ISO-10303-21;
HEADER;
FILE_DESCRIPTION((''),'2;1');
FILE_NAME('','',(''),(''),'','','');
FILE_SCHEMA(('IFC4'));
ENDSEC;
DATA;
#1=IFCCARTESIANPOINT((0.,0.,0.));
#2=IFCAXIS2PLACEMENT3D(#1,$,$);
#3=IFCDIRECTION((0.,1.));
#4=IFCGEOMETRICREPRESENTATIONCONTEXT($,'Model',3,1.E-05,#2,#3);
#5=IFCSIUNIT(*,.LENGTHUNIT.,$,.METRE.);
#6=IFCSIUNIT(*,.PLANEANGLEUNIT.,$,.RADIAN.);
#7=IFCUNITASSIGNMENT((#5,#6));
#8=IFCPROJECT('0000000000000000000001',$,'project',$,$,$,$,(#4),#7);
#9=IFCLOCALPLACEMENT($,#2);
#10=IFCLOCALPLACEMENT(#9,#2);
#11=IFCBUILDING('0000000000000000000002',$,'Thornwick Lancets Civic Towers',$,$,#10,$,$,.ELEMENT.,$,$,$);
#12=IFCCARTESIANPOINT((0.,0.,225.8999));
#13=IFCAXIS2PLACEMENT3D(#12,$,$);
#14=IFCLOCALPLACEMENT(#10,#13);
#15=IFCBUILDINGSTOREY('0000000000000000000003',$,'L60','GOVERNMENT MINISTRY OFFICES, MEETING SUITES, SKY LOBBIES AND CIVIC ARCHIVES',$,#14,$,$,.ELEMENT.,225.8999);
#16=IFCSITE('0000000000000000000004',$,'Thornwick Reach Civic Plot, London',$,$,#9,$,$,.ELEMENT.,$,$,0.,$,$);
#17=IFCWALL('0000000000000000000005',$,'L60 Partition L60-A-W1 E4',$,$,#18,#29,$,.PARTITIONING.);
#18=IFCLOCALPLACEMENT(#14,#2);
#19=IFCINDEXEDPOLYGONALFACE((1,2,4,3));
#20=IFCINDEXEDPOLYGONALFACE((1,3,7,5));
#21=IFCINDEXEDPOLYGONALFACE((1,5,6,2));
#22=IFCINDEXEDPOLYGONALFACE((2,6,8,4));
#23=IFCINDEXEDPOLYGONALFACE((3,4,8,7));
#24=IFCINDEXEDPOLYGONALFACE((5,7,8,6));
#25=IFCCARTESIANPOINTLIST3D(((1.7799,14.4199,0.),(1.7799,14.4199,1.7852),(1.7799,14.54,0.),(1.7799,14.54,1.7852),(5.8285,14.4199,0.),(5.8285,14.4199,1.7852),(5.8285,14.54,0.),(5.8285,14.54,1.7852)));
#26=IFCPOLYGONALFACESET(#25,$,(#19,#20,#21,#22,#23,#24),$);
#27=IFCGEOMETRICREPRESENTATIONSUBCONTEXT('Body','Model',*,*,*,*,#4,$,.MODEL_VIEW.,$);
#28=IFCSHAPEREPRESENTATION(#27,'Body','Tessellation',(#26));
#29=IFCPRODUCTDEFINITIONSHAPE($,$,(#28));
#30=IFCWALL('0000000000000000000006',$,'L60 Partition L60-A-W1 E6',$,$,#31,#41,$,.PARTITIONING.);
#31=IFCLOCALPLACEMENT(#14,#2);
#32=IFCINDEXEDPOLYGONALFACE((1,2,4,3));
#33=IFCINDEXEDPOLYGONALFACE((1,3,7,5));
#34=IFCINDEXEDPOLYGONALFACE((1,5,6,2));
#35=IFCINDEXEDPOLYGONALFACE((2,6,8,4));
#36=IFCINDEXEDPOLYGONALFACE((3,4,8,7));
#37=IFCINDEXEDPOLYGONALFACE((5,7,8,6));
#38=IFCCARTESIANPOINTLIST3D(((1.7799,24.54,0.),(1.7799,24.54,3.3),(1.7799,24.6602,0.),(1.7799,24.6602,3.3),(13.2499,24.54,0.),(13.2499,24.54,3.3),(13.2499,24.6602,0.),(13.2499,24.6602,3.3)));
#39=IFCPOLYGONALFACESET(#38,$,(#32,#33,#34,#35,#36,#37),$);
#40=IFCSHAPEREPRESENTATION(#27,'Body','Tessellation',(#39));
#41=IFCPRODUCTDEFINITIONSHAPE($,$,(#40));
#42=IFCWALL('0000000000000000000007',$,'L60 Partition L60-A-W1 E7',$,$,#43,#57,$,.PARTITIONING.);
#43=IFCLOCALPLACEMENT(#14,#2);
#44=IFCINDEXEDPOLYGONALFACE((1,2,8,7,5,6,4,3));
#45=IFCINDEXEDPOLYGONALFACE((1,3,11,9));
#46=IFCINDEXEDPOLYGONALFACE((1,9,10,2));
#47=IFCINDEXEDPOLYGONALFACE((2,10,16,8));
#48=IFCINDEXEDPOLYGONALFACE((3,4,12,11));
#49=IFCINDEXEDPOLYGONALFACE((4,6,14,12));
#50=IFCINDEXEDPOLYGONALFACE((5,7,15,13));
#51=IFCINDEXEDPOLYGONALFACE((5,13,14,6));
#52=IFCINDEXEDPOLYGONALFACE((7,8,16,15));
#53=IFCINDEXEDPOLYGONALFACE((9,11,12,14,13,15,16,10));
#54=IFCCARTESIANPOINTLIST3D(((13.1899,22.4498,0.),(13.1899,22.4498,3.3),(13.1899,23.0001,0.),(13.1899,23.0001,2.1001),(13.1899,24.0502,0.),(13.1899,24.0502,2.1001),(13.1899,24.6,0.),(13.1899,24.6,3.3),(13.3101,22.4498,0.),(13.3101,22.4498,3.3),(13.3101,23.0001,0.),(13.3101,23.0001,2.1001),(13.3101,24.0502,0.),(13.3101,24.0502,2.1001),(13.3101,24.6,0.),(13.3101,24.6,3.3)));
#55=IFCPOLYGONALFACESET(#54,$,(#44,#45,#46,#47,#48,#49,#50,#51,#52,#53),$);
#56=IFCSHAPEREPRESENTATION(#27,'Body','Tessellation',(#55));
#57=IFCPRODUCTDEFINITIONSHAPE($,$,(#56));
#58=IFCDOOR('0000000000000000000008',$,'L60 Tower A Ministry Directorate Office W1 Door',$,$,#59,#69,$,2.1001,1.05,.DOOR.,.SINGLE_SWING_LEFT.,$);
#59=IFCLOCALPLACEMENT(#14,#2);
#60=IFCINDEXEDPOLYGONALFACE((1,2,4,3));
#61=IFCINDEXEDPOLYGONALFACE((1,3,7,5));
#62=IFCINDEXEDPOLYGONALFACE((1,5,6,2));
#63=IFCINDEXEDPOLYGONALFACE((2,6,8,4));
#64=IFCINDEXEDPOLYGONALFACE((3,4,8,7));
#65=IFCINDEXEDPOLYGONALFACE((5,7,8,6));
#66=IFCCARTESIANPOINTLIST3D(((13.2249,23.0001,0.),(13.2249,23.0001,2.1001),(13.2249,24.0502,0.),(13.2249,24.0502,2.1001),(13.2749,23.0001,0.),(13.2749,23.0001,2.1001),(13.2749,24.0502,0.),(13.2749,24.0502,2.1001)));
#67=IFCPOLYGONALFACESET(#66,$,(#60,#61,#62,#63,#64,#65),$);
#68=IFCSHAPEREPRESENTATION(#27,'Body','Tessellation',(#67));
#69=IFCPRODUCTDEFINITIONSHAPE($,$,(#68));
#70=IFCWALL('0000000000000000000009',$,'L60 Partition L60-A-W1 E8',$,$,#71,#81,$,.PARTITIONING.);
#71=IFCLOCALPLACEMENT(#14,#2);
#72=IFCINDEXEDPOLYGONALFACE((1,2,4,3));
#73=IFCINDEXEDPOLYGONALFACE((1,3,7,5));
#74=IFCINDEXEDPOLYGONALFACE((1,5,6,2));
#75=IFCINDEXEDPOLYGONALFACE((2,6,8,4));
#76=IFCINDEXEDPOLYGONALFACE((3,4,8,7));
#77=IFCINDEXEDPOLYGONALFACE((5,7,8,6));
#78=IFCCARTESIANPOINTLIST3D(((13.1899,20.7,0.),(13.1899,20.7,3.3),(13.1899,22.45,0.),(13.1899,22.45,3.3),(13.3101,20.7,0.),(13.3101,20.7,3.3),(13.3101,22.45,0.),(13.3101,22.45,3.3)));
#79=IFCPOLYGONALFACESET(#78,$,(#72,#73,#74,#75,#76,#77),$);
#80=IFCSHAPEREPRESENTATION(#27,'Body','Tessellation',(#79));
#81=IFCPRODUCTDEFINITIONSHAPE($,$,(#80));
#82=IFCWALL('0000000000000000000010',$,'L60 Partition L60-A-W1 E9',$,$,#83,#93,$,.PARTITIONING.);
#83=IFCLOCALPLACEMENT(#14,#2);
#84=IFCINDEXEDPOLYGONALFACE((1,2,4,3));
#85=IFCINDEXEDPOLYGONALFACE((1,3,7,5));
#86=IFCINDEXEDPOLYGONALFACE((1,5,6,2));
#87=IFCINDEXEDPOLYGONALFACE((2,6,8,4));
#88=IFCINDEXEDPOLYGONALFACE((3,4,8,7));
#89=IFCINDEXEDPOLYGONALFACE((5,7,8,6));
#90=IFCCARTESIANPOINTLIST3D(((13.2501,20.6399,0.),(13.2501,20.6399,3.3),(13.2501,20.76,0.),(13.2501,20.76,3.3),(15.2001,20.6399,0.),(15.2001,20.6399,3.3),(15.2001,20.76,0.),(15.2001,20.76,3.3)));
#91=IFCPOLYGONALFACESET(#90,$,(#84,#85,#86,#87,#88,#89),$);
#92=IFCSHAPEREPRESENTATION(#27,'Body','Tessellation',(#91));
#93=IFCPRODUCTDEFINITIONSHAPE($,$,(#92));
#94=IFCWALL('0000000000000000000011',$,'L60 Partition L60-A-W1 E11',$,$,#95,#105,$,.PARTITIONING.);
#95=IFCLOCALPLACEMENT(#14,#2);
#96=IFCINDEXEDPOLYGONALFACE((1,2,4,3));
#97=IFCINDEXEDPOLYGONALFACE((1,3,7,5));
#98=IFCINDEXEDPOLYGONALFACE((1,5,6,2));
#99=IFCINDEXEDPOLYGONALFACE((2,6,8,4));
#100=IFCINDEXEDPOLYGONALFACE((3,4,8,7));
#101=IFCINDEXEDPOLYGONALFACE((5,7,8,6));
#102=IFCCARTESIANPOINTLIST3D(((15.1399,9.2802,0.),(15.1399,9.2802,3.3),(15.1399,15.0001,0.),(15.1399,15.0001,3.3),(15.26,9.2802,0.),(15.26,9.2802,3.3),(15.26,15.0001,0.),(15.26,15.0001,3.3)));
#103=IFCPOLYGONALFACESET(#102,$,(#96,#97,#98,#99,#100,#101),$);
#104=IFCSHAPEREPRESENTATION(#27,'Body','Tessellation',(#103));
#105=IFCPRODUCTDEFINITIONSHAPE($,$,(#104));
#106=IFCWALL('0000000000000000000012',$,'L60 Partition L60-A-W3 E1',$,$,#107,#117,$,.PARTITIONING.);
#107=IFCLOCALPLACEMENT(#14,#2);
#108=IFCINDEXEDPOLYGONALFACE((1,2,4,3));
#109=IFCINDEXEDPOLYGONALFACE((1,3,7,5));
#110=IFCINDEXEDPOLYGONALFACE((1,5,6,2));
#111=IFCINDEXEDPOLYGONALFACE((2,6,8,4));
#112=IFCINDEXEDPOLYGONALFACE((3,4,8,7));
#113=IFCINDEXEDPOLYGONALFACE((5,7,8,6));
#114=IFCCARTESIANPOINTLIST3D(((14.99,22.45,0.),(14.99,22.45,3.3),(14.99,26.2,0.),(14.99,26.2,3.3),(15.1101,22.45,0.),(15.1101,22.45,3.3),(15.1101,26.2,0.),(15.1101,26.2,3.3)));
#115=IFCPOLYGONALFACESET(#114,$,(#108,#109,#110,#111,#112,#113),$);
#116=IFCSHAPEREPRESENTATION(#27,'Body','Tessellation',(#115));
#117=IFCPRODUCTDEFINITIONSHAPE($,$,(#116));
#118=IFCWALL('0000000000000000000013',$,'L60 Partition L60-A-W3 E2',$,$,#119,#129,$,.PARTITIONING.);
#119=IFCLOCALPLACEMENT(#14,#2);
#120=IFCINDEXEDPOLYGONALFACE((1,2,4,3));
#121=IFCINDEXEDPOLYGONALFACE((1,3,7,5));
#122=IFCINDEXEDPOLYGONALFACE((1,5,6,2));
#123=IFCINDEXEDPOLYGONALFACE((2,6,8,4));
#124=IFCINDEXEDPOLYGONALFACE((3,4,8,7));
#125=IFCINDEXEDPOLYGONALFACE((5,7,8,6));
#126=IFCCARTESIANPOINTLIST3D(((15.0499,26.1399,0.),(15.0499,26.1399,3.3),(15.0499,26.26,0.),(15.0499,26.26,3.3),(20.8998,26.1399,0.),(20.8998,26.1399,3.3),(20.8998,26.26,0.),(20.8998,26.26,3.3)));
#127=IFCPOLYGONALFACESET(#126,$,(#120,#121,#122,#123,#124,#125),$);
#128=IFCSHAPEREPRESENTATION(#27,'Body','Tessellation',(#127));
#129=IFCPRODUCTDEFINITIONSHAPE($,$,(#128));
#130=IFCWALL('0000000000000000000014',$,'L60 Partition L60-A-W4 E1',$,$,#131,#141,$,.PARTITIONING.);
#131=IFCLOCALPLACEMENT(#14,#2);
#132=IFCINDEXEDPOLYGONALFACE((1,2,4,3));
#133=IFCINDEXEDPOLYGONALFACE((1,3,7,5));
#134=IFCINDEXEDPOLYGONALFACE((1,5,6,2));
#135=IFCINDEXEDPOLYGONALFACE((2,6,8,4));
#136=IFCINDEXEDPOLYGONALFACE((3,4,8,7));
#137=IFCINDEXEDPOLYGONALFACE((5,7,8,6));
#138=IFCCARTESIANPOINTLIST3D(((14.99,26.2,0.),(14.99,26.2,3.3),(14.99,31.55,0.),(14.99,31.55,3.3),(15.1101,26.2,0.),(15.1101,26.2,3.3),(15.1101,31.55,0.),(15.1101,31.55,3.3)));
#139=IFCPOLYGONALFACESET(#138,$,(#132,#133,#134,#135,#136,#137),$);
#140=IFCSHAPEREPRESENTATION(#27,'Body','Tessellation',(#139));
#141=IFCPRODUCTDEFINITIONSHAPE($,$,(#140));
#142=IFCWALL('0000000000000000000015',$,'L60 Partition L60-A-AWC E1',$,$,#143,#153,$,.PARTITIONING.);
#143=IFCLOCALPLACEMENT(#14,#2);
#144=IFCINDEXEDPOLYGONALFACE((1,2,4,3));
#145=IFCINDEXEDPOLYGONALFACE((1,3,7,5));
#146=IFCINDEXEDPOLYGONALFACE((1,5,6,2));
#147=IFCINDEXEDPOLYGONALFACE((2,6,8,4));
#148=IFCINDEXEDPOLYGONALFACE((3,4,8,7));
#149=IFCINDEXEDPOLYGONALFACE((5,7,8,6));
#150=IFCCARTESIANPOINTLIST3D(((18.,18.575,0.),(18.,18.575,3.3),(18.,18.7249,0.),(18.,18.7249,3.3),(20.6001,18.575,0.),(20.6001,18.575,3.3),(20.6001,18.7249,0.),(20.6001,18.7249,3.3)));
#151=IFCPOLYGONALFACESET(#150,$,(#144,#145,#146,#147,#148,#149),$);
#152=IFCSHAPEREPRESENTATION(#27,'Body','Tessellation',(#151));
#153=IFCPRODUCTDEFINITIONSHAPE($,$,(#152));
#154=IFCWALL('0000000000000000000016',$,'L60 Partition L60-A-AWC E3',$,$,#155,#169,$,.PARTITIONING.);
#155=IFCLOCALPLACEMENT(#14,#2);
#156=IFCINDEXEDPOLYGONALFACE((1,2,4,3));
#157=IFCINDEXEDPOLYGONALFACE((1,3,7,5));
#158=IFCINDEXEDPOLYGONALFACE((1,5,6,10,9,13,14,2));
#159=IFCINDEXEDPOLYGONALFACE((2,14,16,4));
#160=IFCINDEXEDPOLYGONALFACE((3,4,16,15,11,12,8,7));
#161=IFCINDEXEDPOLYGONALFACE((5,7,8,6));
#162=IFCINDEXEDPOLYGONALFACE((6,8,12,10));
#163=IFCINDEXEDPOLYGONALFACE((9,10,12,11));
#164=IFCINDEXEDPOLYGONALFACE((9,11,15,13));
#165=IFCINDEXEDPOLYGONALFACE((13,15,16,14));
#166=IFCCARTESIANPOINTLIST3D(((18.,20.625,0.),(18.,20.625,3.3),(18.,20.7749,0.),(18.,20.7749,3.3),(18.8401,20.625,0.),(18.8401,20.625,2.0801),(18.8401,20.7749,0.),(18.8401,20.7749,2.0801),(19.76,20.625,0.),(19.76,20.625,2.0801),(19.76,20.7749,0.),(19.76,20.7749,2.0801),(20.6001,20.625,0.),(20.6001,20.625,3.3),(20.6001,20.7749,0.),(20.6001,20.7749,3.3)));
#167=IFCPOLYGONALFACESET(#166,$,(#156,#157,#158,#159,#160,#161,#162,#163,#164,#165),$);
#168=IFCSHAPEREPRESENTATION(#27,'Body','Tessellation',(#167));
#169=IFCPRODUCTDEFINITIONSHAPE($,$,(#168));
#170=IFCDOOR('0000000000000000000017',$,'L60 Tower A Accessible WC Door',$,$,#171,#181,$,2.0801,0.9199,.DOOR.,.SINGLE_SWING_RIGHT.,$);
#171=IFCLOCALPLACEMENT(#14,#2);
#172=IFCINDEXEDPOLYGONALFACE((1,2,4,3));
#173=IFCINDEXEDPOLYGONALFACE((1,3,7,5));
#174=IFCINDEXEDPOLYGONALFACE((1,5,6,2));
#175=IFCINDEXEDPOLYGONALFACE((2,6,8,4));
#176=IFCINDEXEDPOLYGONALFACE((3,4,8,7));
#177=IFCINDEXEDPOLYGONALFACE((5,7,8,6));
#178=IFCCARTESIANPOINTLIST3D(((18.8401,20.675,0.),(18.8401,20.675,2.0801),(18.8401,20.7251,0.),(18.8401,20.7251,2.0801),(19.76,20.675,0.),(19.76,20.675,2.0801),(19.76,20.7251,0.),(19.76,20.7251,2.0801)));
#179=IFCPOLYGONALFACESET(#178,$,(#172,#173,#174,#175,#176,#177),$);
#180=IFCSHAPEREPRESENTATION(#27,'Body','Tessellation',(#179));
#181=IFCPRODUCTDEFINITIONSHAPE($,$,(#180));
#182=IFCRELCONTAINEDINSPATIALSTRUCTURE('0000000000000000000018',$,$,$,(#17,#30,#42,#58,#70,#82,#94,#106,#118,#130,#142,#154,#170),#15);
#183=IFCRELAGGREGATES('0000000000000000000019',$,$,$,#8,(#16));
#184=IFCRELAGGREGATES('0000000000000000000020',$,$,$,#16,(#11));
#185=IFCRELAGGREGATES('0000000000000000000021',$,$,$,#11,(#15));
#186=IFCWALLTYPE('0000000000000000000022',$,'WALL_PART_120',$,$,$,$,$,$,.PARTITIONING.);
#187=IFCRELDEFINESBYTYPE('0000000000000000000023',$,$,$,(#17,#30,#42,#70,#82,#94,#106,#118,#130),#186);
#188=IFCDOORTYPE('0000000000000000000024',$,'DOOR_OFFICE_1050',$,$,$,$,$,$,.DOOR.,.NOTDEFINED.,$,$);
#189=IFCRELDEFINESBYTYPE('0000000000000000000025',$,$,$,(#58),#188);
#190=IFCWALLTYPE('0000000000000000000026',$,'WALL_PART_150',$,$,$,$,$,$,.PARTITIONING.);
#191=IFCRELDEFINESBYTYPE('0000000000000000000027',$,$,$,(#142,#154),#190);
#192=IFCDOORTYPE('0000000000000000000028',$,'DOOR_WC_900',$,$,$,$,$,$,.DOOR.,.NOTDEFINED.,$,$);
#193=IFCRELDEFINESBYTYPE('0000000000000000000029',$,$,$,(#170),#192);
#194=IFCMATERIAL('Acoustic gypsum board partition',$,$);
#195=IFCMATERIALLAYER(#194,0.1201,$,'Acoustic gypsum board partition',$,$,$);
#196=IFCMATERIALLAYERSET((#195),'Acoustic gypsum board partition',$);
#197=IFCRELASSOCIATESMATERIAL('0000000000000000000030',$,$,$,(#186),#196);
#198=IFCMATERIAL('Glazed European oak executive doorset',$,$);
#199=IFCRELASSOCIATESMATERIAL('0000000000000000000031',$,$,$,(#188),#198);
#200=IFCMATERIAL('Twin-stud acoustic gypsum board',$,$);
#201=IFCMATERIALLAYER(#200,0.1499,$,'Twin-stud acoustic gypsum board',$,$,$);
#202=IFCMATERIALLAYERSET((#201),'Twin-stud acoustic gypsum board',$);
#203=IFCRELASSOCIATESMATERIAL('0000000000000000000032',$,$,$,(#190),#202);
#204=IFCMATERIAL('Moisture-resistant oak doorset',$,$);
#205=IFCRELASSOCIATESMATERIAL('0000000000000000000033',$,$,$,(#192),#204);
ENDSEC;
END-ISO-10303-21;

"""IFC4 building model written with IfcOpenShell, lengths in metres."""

from ifc_helpers import new_model, si_unit, direction, frame, frame_2d, origin, place, context, subcontext, project, spatial, rectangle, extrude, material, layer, layer_set, type_object, element, fill, save


model = new_model("IFC4")

# Units and contexts
model_context = context("Model", 3, precision=1e-05, world=origin(), true_north=direction((0.0, 1.0)))
body_context = subcontext(model_context, "Body", "Model", "MODEL_VIEW")
ifc_project = project(units=[si_unit("LENGTHUNIT", "METRE"), si_unit("PLANEANGLEUNIT", "RADIAN")], contexts=[model_context])

# Site, building, storey
site_placement = place(None, origin())
site = spatial("IfcSite", under=ifc_project, at=site_placement, Name="Thornwick Reach Civic Plot, London", CompositionType="ELEMENT", RefElevation=0.0)
building_placement = place(site_placement, origin())
building = spatial("IfcBuilding", under=site, at=building_placement, Name="Thornwick Lancets Civic Towers", CompositionType="ELEMENT")
storey_placement = place(building_placement, frame((0.0, 0.0, 225.8999)))
storey = spatial("IfcBuildingStorey", under=building, at=storey_placement, Name="L60", Description="GOVERNMENT MINISTRY OFFICES, MEETING SUITES, SKY LOBBIES AND CIVIC ARCHIVES", CompositionType="ELEMENT", Elevation=225.8999)

# Walls
ifc_material_1 = material(Name="Acoustic gypsum board partition")
ifc_layer_1 = layer(ifc_material_1, 0.1201, Name="Acoustic gypsum board partition")
ifc_layer_set_1 = layer_set([ifc_layer_1], Name="Acoustic gypsum board partition")
wall_type_1 = type_object("IfcWallType", Name="WALL_PART_120", PredefinedType="PARTITIONING", material=ifc_layer_set_1)
wall_1_placement = place(storey_placement, frame((5.8286, 14.48, 0.0), z_axis=(0.0, 0.0, 1.0), x_axis=(-1.0, 0.0, 0.0)))
element("IfcWall", 1, at=wall_1_placement, inside=storey, type_object=wall_type_1, Name="L60 Partition L60-A-W1 E4", PredefinedType="PARTITIONING", context=body_context, shape_type="SweptSolid", body=[
    extrude(rectangle(XDim=4.0486, YDim=0.1201, at=frame_2d((2.0244, 0.0))), origin(), (0.0, 0.0, 1.0), 1.7852),
])
wall_2_placement = place(storey_placement, frame((1.78, 24.6001, 0.0), z_axis=(0.0, 0.0, 1.0), x_axis=(1.0, 0.0, 0.0)))
element("IfcWall", 2, at=wall_2_placement, inside=storey, type_object=wall_type_1, Name="L60 Partition L60-A-W1 E6", PredefinedType="PARTITIONING", context=body_context, shape_type="SweptSolid", body=[
    extrude(rectangle(XDim=11.47, YDim=0.1201, at=frame_2d((5.7349, 0.0))), origin(), (0.0, 0.0, 1.0), 3.3),
])

# Wall, opening, door
wall_3_placement = place(storey_placement, frame((13.25, 24.6001, 0.0), z_axis=(0.0, 0.0, 1.0), x_axis=(0.0, -1.0, 0.0)))
wall_3 = element("IfcWall", 3, at=wall_3_placement, inside=storey, type_object=wall_type_1, Name="L60 Partition L60-A-W1 E7", PredefinedType="PARTITIONING", context=body_context, shape_type="SweptSolid", body=[
    extrude(rectangle(XDim=2.1501, YDim=0.1201, at=frame_2d((1.0752, 0.0))), origin(), (0.0, 0.0, 1.0), 3.3),
])
opening_1_placement = place(wall_3_placement, frame((0.55, 0.0, 0.0)))
opening_1 = element("IfcOpeningElement", 4, at=opening_1_placement, cuts=wall_3, PredefinedType="OPENING", context=body_context, shape_type="SweptSolid", body=[
    extrude(rectangle(XDim=1.05, YDim=2.1001, at=frame_2d((0.5249, 1.05))), frame((0.0, 0.0701, 0.0), z_axis=(0.0, -1.0, 0.0), x_axis=(1.0, 0.0, 0.0)), (0.0, 0.0, 1.0), 0.1401),
])
ifc_material_2 = material(Name="Glazed European oak executive doorset")
door_type_1 = type_object("IfcDoorType", Name="DOOR_OFFICE_1050", OperationType="NOTDEFINED", PredefinedType="DOOR", material=ifc_material_2)
door_1_placement = place(opening_1_placement, origin())
door_1 = element("IfcDoor", 5, at=door_1_placement, inside=storey, type_object=door_type_1, Name="L60 Tower A Ministry Directorate Office W1 Door", OperationType="SINGLE_SWING_LEFT", OverallHeight=2.1001, OverallWidth=1.05, PredefinedType="DOOR", context=body_context, shape_type="SweptSolid", body=[
    extrude(rectangle(XDim=1.05, YDim=2.1001, at=frame_2d((0.5249, 1.05))), frame((0.0, 0.0249, 0.0), z_axis=(0.0, -1.0, 0.0), x_axis=(1.0, 0.0, 0.0)), (0.0, 0.0, 1.0), 0.05),
])
fill(opening_1, door_1)

# Walls
wall_4_placement = place(storey_placement, frame((13.25, 22.45, 0.0), z_axis=(0.0, 0.0, 1.0), x_axis=(0.0, -1.0, 0.0)))
element("IfcWall", 6, at=wall_4_placement, inside=storey, type_object=wall_type_1, Name="L60 Partition L60-A-W1 E8", PredefinedType="PARTITIONING", context=body_context, shape_type="SweptSolid", body=[
    extrude(rectangle(XDim=1.75, YDim=0.1201, at=frame_2d((0.875, 0.0))), origin(), (0.0, 0.0, 1.0), 3.3),
])
wall_5_placement = place(storey_placement, frame((13.25, 20.7, 0.0), z_axis=(0.0, 0.0, 1.0), x_axis=(1.0, 0.0, 0.0)))
element("IfcWall", 7, at=wall_5_placement, inside=storey, type_object=wall_type_1, Name="L60 Partition L60-A-W1 E9", PredefinedType="PARTITIONING", context=body_context, shape_type="SweptSolid", body=[
    extrude(rectangle(XDim=1.95, YDim=0.1201, at=frame_2d((0.9751, 0.0))), origin(), (0.0, 0.0, 1.0), 3.3),
])
wall_6_placement = place(storey_placement, frame((15.2, 15.0, 0.0), z_axis=(0.0, 0.0, 1.0), x_axis=(0.0, -1.0, 0.0)))
element("IfcWall", 8, at=wall_6_placement, inside=storey, type_object=wall_type_1, Name="L60 Partition L60-A-W1 E11", PredefinedType="PARTITIONING", context=body_context, shape_type="SweptSolid", body=[
    extrude(rectangle(XDim=5.72, YDim=0.1201, at=frame_2d((2.8599, 0.0))), origin(), (0.0, 0.0, 1.0), 3.3),
])
wall_7_placement = place(storey_placement, frame((15.05, 22.45, 0.0), z_axis=(0.0, 0.0, 1.0), x_axis=(0.0, 1.0, 0.0)))
element("IfcWall", 9, at=wall_7_placement, inside=storey, type_object=wall_type_1, Name="L60 Partition L60-A-W3 E1", PredefinedType="PARTITIONING", context=body_context, shape_type="SweptSolid", body=[
    extrude(rectangle(XDim=3.75, YDim=0.1201, at=frame_2d((1.875, 0.0))), origin(), (0.0, 0.0, 1.0), 3.3),
])
wall_8_placement = place(storey_placement, frame((15.05, 26.2, 0.0), z_axis=(0.0, 0.0, 1.0), x_axis=(1.0, 0.0, 0.0)))
element("IfcWall", 10, at=wall_8_placement, inside=storey, type_object=wall_type_1, Name="L60 Partition L60-A-W3 E2", PredefinedType="PARTITIONING", context=body_context, shape_type="SweptSolid", body=[
    extrude(rectangle(XDim=5.8499, YDim=0.1201, at=frame_2d((2.9248, 0.0))), origin(), (0.0, 0.0, 1.0), 3.3),
])
wall_9_placement = place(storey_placement, frame((15.05, 26.2, 0.0), z_axis=(0.0, 0.0, 1.0), x_axis=(0.0, 1.0, 0.0)))
element("IfcWall", 11, at=wall_9_placement, inside=storey, type_object=wall_type_1, Name="L60 Partition L60-A-W4 E1", PredefinedType="PARTITIONING", context=body_context, shape_type="SweptSolid", body=[
    extrude(rectangle(XDim=5.3501, YDim=0.1201, at=frame_2d((2.675, 0.0))), origin(), (0.0, 0.0, 1.0), 3.3),
])
ifc_material_3 = material(Name="Twin-stud acoustic gypsum board")
ifc_layer_2 = layer(ifc_material_3, 0.1499, Name="Twin-stud acoustic gypsum board")
ifc_layer_set_2 = layer_set([ifc_layer_2], Name="Twin-stud acoustic gypsum board")
wall_type_2 = type_object("IfcWallType", Name="WALL_PART_150", PredefinedType="PARTITIONING", material=ifc_layer_set_2)
wall_10_placement = place(storey_placement, frame((18.0, 18.6499, 0.0), z_axis=(0.0, 0.0, 1.0), x_axis=(1.0, 0.0, 0.0)))
element("IfcWall", 12, at=wall_10_placement, inside=storey, type_object=wall_type_2, Name="L60 Partition L60-A-AWC E1", PredefinedType="PARTITIONING", context=body_context, shape_type="SweptSolid", body=[
    extrude(rectangle(XDim=2.6001, YDim=0.1499, at=frame_2d((1.3, 0.0))), origin(), (0.0, 0.0, 1.0), 3.3),
])

# Wall, opening, door
wall_11_placement = place(storey_placement, frame((20.6001, 20.7, 0.0), z_axis=(0.0, 0.0, 1.0), x_axis=(-1.0, 0.0, 0.0)))
wall_11 = element("IfcWall", 13, at=wall_11_placement, inside=storey, type_object=wall_type_2, Name="L60 Partition L60-A-AWC E3", PredefinedType="PARTITIONING", context=body_context, shape_type="SweptSolid", body=[
    extrude(rectangle(XDim=2.6001, YDim=0.1499, at=frame_2d((1.3, 0.0))), origin(), (0.0, 0.0, 1.0), 3.3),
])
opening_2_placement = place(wall_11_placement, frame((0.8401, 0.0, 0.0)))
opening_2 = element("IfcOpeningElement", 14, at=opening_2_placement, cuts=wall_11, PredefinedType="OPENING", context=body_context, shape_type="SweptSolid", body=[
    extrude(rectangle(XDim=0.9199, YDim=2.0801, at=frame_2d((0.46, 1.04))), frame((0.0, 0.085, 0.0), z_axis=(0.0, -1.0, 0.0), x_axis=(1.0, 0.0, 0.0)), (0.0, 0.0, 1.0), 0.1699),
])
ifc_material_4 = material(Name="Moisture-resistant oak doorset")
door_type_2 = type_object("IfcDoorType", Name="DOOR_WC_900", OperationType="NOTDEFINED", PredefinedType="DOOR", material=ifc_material_4)
door_2_placement = place(opening_2_placement, origin())
door_2 = element("IfcDoor", 15, at=door_2_placement, inside=storey, type_object=door_type_2, Name="L60 Tower A Accessible WC Door", OperationType="SINGLE_SWING_RIGHT", OverallHeight=2.0801, OverallWidth=0.9199, PredefinedType="DOOR", context=body_context, shape_type="SweptSolid", body=[
    extrude(rectangle(XDim=0.9199, YDim=2.0801, at=frame_2d((0.46, 1.04))), frame((0.0, 0.0249, 0.0), z_axis=(0.0, -1.0, 0.0), x_axis=(1.0, 0.0, 0.0)), (0.0, 0.0, 1.0), 0.05),
])
fill(opening_2, door_2)

save(model, "model.ifc")
